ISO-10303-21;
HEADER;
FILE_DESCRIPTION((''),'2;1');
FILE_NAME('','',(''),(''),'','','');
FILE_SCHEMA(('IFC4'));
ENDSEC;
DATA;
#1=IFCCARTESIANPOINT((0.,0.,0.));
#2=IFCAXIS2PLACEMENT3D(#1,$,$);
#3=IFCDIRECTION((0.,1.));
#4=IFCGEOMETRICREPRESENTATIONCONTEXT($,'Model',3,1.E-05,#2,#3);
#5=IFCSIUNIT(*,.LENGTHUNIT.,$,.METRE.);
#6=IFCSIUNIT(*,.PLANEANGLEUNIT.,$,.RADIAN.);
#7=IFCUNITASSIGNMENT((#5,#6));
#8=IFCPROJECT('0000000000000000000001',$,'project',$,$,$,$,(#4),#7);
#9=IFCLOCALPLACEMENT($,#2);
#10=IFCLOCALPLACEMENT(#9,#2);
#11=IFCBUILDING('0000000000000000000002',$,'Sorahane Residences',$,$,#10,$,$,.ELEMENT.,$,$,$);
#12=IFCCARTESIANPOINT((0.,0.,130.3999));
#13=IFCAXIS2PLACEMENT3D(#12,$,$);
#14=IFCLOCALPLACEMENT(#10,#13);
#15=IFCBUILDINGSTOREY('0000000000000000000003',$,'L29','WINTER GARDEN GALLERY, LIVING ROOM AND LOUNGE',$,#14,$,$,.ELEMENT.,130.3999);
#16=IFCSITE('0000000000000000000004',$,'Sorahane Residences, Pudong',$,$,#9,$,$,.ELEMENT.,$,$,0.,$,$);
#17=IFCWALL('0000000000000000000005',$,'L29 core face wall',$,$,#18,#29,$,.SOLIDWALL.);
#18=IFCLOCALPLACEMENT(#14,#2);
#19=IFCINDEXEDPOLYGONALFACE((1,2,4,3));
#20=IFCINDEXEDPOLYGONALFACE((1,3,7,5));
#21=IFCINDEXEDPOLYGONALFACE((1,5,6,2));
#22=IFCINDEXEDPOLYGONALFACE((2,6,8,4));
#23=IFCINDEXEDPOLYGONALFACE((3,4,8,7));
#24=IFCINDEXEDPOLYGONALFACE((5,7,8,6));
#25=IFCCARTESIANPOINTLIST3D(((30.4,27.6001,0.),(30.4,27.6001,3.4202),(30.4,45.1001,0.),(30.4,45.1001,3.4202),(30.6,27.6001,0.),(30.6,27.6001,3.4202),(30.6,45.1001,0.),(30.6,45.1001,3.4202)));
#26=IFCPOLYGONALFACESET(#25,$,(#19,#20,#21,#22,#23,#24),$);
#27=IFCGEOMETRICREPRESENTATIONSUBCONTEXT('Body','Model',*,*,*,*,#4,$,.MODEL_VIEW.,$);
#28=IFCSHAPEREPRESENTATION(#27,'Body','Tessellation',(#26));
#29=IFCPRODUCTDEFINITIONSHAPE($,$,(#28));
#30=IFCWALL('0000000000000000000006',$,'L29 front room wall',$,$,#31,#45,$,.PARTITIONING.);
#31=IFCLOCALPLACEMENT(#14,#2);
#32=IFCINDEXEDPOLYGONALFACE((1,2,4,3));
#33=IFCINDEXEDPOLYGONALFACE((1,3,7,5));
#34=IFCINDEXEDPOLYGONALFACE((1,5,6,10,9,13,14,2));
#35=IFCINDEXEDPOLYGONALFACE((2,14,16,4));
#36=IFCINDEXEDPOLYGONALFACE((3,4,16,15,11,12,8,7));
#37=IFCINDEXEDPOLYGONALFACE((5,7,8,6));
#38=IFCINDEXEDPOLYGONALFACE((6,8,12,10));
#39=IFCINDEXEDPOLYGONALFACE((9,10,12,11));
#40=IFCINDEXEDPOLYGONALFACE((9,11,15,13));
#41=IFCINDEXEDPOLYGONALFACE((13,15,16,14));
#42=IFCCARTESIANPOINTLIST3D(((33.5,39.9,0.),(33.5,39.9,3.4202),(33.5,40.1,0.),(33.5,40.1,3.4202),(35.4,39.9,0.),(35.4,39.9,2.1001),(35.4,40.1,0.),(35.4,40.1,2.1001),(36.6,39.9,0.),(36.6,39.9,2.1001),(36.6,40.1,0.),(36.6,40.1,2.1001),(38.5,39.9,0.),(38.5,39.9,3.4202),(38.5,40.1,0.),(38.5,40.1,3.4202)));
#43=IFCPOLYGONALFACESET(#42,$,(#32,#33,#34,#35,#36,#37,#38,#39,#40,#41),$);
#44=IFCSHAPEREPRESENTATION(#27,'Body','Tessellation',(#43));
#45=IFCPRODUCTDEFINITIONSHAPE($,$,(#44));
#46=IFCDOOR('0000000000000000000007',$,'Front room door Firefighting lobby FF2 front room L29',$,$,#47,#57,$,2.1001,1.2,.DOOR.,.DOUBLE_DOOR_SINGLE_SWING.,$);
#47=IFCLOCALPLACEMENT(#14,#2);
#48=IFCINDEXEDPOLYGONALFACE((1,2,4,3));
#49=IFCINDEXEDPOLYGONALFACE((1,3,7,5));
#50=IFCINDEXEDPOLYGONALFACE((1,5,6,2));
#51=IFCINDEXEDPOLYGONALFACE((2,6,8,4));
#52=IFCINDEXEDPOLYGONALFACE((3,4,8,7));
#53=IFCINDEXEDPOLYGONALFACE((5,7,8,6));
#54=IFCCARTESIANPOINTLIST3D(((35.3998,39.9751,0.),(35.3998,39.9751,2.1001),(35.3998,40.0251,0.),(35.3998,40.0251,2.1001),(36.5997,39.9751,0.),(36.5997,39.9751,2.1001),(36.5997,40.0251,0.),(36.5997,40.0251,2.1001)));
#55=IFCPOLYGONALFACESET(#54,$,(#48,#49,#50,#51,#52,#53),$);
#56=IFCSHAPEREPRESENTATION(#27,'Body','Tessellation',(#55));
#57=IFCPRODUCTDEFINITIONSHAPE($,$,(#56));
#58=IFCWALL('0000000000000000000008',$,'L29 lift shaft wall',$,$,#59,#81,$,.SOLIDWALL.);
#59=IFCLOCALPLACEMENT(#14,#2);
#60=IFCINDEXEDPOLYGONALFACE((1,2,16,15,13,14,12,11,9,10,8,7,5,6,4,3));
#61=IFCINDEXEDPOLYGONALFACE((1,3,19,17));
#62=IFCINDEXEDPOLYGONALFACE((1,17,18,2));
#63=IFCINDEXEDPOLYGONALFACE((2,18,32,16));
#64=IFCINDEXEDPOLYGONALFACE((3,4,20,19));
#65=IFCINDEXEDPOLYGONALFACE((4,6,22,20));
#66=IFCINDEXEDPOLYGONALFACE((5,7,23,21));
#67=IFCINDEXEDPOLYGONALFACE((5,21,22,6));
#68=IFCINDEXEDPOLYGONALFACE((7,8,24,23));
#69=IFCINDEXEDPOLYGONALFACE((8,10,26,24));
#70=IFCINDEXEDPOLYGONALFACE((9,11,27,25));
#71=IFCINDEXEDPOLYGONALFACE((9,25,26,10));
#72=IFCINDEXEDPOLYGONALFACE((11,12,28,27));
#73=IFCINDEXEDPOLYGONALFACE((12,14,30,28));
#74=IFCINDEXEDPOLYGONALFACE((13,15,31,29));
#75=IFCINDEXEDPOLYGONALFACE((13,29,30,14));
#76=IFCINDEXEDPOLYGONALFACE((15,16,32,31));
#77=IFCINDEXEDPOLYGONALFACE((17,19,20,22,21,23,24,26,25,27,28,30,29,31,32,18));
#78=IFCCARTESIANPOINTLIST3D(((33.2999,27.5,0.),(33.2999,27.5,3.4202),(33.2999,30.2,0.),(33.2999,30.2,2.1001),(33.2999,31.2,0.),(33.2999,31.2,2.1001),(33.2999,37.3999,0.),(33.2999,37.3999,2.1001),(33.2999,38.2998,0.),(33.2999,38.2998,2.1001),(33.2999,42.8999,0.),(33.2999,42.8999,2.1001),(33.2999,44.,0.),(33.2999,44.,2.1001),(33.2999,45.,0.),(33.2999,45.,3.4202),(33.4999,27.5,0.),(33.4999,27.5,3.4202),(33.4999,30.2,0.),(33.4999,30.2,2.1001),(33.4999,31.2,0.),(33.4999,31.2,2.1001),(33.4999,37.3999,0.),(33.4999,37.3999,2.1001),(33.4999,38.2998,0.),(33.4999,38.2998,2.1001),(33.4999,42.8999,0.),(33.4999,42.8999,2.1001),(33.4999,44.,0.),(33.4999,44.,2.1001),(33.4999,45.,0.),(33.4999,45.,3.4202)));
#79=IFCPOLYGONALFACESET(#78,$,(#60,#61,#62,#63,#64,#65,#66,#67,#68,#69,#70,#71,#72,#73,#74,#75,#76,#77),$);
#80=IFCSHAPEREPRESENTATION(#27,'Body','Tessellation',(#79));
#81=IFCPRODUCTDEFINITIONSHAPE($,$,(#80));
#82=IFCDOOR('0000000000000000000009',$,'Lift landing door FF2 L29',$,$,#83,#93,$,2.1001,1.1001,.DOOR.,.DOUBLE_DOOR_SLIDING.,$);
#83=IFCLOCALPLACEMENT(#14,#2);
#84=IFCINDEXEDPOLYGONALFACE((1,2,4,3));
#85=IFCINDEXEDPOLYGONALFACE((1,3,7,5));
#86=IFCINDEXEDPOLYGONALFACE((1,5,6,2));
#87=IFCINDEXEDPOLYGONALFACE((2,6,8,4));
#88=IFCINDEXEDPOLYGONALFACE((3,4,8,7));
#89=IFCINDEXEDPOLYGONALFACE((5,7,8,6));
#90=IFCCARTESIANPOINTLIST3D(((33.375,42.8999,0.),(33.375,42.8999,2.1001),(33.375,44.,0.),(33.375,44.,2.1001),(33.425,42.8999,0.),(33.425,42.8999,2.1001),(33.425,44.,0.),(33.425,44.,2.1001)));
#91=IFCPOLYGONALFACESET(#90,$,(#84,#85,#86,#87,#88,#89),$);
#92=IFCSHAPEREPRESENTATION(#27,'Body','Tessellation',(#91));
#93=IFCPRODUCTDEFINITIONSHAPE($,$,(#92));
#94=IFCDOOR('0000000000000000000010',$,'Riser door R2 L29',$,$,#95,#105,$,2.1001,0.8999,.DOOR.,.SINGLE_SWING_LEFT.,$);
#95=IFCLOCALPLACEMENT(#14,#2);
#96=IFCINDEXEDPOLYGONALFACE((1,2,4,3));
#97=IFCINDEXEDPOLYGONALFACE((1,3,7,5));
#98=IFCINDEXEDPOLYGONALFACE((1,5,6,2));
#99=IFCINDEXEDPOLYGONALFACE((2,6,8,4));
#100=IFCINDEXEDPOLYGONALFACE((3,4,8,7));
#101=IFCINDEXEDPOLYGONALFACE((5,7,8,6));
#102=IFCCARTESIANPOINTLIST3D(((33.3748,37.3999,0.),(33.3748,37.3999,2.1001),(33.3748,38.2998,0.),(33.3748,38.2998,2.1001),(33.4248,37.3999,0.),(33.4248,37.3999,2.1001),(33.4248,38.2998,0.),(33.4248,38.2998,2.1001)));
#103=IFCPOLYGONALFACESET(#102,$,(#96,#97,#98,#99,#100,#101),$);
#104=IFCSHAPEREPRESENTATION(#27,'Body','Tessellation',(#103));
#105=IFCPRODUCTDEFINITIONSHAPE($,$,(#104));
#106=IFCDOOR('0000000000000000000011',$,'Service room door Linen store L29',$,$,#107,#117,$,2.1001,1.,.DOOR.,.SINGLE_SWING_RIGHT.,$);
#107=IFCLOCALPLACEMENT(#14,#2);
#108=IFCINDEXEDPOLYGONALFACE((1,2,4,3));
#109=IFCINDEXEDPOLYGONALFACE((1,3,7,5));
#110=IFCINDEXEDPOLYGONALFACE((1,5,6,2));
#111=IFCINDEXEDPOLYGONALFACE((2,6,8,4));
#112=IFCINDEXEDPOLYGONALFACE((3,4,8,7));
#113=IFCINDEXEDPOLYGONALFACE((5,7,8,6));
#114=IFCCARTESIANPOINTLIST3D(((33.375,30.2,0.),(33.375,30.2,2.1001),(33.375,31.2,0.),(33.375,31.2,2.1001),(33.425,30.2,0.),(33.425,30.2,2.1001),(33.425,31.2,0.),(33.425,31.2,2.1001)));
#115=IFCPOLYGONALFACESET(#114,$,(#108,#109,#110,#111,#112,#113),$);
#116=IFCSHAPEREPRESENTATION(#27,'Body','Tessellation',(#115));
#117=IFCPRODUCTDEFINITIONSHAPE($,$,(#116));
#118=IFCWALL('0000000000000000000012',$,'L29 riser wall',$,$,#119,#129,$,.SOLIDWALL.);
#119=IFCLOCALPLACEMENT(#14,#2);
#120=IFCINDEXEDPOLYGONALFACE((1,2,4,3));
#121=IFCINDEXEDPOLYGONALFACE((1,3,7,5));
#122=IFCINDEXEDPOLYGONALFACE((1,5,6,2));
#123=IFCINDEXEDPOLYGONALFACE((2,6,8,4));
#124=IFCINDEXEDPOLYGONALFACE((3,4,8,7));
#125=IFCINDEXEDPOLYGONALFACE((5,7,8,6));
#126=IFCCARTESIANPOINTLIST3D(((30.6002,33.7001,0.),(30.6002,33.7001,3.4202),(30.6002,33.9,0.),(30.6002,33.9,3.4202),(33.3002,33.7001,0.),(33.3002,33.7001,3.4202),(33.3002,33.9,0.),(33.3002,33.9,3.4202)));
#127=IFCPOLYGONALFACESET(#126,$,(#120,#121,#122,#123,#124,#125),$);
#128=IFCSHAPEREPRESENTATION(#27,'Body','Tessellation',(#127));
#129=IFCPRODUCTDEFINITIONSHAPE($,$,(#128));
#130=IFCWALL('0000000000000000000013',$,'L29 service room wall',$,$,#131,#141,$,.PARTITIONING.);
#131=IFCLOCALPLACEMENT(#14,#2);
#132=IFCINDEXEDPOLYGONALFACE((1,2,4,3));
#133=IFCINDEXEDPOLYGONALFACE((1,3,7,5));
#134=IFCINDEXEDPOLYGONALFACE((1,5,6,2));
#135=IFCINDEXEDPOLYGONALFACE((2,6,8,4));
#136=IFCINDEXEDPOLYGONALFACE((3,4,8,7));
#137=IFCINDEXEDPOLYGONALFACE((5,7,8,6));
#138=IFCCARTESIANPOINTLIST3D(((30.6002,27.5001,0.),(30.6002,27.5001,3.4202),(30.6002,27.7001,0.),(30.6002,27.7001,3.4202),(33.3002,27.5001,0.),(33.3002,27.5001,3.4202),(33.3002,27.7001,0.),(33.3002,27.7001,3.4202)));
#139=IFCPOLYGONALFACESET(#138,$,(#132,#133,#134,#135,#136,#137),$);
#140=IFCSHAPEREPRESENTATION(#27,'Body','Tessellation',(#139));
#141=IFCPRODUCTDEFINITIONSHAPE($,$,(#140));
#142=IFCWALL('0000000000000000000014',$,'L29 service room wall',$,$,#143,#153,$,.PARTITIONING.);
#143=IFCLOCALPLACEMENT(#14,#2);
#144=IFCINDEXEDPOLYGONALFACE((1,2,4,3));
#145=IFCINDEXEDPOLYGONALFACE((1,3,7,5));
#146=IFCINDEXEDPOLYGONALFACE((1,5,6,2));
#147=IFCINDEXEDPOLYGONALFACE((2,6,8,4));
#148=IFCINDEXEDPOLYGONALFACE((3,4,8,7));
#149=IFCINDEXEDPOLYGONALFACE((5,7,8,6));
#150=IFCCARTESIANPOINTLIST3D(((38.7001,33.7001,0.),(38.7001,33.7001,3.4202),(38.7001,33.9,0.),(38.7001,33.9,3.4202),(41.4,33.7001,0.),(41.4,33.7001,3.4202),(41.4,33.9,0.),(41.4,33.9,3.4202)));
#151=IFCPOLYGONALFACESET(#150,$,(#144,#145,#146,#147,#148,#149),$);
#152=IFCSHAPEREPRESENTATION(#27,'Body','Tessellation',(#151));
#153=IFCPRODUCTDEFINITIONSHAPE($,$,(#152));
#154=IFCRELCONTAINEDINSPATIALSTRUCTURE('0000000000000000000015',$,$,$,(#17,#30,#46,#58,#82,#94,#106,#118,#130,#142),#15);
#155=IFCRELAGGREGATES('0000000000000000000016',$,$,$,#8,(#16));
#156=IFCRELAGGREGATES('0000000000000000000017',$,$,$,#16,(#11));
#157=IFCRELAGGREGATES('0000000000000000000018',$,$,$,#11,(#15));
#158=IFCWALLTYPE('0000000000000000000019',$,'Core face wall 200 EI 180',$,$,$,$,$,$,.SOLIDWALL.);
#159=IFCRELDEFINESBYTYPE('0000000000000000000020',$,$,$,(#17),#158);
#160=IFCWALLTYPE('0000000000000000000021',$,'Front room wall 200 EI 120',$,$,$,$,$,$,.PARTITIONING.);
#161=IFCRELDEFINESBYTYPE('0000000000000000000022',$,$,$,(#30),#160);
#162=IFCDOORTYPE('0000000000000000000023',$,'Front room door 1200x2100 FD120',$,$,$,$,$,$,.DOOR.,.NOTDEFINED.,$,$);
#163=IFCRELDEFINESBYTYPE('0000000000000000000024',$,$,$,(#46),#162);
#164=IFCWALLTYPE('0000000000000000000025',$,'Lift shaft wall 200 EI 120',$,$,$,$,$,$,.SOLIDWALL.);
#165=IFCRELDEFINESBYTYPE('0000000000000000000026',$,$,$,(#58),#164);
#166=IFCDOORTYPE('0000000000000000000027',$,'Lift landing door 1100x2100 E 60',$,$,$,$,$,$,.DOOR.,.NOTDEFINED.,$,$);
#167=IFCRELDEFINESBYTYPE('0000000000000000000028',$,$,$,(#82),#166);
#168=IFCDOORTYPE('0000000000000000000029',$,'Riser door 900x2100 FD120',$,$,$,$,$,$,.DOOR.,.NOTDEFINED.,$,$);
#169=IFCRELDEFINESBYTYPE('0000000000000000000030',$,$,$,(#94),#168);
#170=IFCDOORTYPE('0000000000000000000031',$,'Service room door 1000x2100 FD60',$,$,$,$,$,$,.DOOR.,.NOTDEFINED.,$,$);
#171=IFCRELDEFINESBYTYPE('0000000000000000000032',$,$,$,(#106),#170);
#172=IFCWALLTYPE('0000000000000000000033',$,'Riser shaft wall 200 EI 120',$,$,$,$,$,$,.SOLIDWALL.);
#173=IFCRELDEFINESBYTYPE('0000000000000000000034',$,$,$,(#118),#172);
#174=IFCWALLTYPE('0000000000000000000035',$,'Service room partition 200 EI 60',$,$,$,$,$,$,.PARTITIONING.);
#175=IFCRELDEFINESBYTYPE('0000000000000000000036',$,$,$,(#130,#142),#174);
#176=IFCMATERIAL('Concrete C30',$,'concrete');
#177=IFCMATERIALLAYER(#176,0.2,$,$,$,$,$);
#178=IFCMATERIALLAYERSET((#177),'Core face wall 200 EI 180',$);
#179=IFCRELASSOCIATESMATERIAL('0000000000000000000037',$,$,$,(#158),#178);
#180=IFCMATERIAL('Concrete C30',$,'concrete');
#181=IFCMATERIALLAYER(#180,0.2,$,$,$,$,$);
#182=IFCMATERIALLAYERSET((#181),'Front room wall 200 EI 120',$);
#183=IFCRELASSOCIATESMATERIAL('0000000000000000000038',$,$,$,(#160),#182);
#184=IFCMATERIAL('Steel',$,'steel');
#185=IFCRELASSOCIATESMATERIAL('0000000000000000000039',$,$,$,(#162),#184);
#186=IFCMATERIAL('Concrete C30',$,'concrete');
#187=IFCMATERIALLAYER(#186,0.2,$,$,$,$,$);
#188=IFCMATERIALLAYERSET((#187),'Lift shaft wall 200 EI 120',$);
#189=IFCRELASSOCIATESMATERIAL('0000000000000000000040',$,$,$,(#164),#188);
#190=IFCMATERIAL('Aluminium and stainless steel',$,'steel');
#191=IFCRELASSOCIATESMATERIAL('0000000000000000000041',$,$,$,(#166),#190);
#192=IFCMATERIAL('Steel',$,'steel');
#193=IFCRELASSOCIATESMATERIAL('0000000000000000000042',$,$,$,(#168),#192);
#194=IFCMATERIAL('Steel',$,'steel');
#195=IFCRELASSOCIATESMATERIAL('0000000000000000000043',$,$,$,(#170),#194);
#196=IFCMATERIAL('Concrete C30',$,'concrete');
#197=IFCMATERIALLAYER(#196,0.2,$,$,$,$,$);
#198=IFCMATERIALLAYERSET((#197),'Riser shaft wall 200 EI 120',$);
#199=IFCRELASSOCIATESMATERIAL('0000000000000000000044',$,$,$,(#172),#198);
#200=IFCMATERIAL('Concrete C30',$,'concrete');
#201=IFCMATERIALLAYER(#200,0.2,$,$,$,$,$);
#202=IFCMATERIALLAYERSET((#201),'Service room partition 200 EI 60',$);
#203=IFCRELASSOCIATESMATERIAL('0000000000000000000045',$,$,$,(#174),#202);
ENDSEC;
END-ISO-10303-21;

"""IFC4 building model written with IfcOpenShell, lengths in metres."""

from ifc_helpers import new_model, si_unit, direction, frame, frame_2d, origin, place, context, subcontext, project, spatial, rectangle, extrude, material, layer, layer_set, type_object, element, fill, save


model = new_model("IFC4")

# Units and contexts
model_context = context("Model", 3, precision=1e-05, world=origin(), true_north=direction((0.0, 1.0)))
body_context = subcontext(model_context, "Body", "Model", "MODEL_VIEW")
ifc_project = project(units=[si_unit("LENGTHUNIT", "METRE"), si_unit("PLANEANGLEUNIT", "RADIAN")], contexts=[model_context])

# Site, building, storey
site_placement = place(None, origin())
site = spatial("IfcSite", under=ifc_project, at=site_placement, Name="Sorahane Residences, Pudong", CompositionType="ELEMENT", RefElevation=0.0)
building_placement = place(site_placement, origin())
building = spatial("IfcBuilding", under=site, at=building_placement, Name="Sorahane Residences", CompositionType="ELEMENT")
storey_placement = place(building_placement, frame((0.0, 0.0, 130.3999)))
storey = spatial("IfcBuildingStorey", under=building, at=storey_placement, Name="L29", Description="WINTER GARDEN GALLERY, LIVING ROOM AND LOUNGE", CompositionType="ELEMENT", Elevation=130.3999)

# Wall
ifc_material_1 = material(Name="Concrete C30", Category="concrete")
ifc_layer_1 = layer(ifc_material_1, 0.2)
ifc_layer_set_1 = layer_set([ifc_layer_1], Name="Core face wall 200 EI 180")
wall_type_1 = type_object("IfcWallType", Name="Core face wall 200 EI 180", PredefinedType="SOLIDWALL", material=ifc_layer_set_1)
for number, where, z_axis, x_axis, name in (
    (1, (30.5, 27.6001, 0.0), (0.0, 0.0, 1.0), (0.0, 1.0, 0.0), "L29 core face wall"),
):
    element("IfcWall", number, at=place(storey_placement, frame(where, z_axis=z_axis, x_axis=x_axis)), inside=storey, type_object=wall_type_1, Name=name, PredefinedType="SOLIDWALL", context=body_context, shape_type="SweptSolid", body=[
        extrude(rectangle(XDim=17.5, YDim=0.2, at=frame_2d((8.75, 0.0))), origin(), (0.0, 0.0, 1.0), 3.4202),
    ])

# Wall, opening, door
ifc_material_2 = material(Name="Concrete C30", Category="concrete")
ifc_layer_2 = layer(ifc_material_2, 0.2)
ifc_layer_set_2 = layer_set([ifc_layer_2], Name="Front room wall 200 EI 120")
wall_type_2 = type_object("IfcWallType", Name="Front room wall 200 EI 120", PredefinedType="PARTITIONING", material=ifc_layer_set_2)
wall_1_placement = place(storey_placement, frame((33.5, 40.0, 0.0), z_axis=(0.0, 0.0, 1.0), x_axis=(1.0, 0.0, 0.0)))
wall_1 = element("IfcWall", 2, at=wall_1_placement, inside=storey, type_object=wall_type_2, Name="L29 front room wall", PredefinedType="PARTITIONING", context=body_context, shape_type="SweptSolid", body=[
    extrude(rectangle(XDim=5.0, YDim=0.2, at=frame_2d((2.5, 0.0))), origin(), (0.0, 0.0, 1.0), 3.4202),
])
opening_1_placement = place(wall_1_placement, frame((1.8999, 0.0, 0.0)))
opening_1 = element("IfcOpeningElement", 3, at=opening_1_placement, cuts=wall_1, PredefinedType="OPENING", context=body_context, shape_type="SweptSolid", body=[
    extrude(rectangle(XDim=1.2, YDim=2.1001, at=frame_2d((0.6001, 1.05))), frame((0.0, 0.1099, 0.0), z_axis=(0.0, -1.0, 0.0), x_axis=(1.0, 0.0, 0.0)), (0.0, 0.0, 1.0), 0.22),
])
ifc_material_3 = material(Name="Steel", Category="steel")
door_type_1 = type_object("IfcDoorType", Name="Front room door 1200x2100 FD120", OperationType="NOTDEFINED", PredefinedType="DOOR", material=ifc_material_3)
door_1_placement = place(opening_1_placement, frame((1.2, 0.0, 0.0), z_axis=(0.0, 0.0, 1.0), x_axis=(-1.0, 0.0, 0.0)))
door_1 = element("IfcDoor", 4, at=door_1_placement, inside=storey, type_object=door_type_1, Name="Front room door Firefighting lobby FF2 front room L29", OperationType="DOUBLE_DOOR_SINGLE_SWING", OverallHeight=2.1001, OverallWidth=1.2, PredefinedType="DOOR", context=body_context, shape_type="SweptSolid", body=[
    extrude(rectangle(XDim=1.2, YDim=2.1001, at=frame_2d((0.6001, 1.05))), frame((0.0, 0.0249, 0.0), z_axis=(0.0, -1.0, 0.0), x_axis=(1.0, 0.0, 0.0)), (0.0, 0.0, 1.0), 0.05),
])
fill(opening_1, door_1)

# Wall, openings, doors
ifc_material_4 = material(Name="Concrete C30", Category="concrete")
ifc_layer_3 = layer(ifc_material_4, 0.2)
ifc_layer_set_3 = layer_set([ifc_layer_3], Name="Lift shaft wall 200 EI 120")
wall_type_3 = type_object("IfcWallType", Name="Lift shaft wall 200 EI 120", PredefinedType="SOLIDWALL", material=ifc_layer_set_3)
wall_2_placement = place(storey_placement, frame((33.3999, 27.5, 0.0), z_axis=(0.0, 0.0, 1.0), x_axis=(0.0, 1.0, 0.0)))
wall_2 = element("IfcWall", 5, at=wall_2_placement, inside=storey, type_object=wall_type_3, Name="L29 lift shaft wall", PredefinedType="SOLIDWALL", context=body_context, shape_type="SweptSolid", body=[
    extrude(rectangle(XDim=17.5, YDim=0.2, at=frame_2d((8.75, 0.0))), origin(), (0.0, 0.0, 1.0), 3.4202),
])
opening_2_placement = place(wall_2_placement, frame((15.3999, 0.0, 0.0)))
opening_2 = element("IfcOpeningElement", 6, at=opening_2_placement, cuts=wall_2, PredefinedType="OPENING", context=body_context, shape_type="SweptSolid", body=[
    extrude(rectangle(XDim=1.1001, YDim=2.1001, at=frame_2d((0.55, 1.05))), frame((0.0, 0.1099, 0.0), z_axis=(0.0, -1.0, 0.0), x_axis=(1.0, 0.0, 0.0)), (0.0, 0.0, 1.0), 0.22),
])
opening_3_placement = place(wall_2_placement, frame((2.7, 0.0, 0.0)))
opening_3 = element("IfcOpeningElement", 7, at=opening_3_placement, cuts=wall_2, PredefinedType="OPENING", context=body_context, shape_type="SweptSolid", body=[
    extrude(rectangle(XDim=1.0, YDim=2.1001, at=frame_2d((0.5, 1.05))), frame((0.0, 0.1099, 0.0), z_axis=(0.0, -1.0, 0.0), x_axis=(1.0, 0.0, 0.0)), (0.0, 0.0, 1.0), 0.22),
])
opening_4_placement = place(wall_2_placement, frame((9.8999, 0.0, 0.0)))
opening_4 = element("IfcOpeningElement", 8, at=opening_4_placement, cuts=wall_2, PredefinedType="OPENING", context=body_context, shape_type="SweptSolid", body=[
    extrude(rectangle(XDim=0.8999, YDim=2.1001, at=frame_2d((0.45, 1.05))), frame((0.0, 0.1099, 0.0), z_axis=(0.0, -1.0, 0.0), x_axis=(1.0, 0.0, 0.0)), (0.0, 0.0, 1.0), 0.22),
])
ifc_material_5 = material(Name="Aluminium and stainless steel", Category="steel")
door_type_2 = type_object("IfcDoorType", Name="Lift landing door 1100x2100 E 60", OperationType="NOTDEFINED", PredefinedType="DOOR", material=ifc_material_5)
door_2_placement = place(opening_2_placement, origin())
door_2 = element("IfcDoor", 9, at=door_2_placement, inside=storey, type_object=door_type_2, Name="Lift landing door FF2 L29", OperationType="DOUBLE_DOOR_SLIDING", OverallHeight=2.1001, OverallWidth=1.1001, PredefinedType="DOOR", context=body_context, shape_type="SweptSolid", body=[
    extrude(rectangle(XDim=1.1001, YDim=2.1001, at=frame_2d((0.55, 1.05))), frame((0.0, 0.0249, 0.0), z_axis=(0.0, -1.0, 0.0), x_axis=(1.0, 0.0, 0.0)), (0.0, 0.0, 1.0), 0.05),
])
fill(opening_2, door_2)
ifc_material_6 = material(Name="Steel", Category="steel")
door_type_3 = type_object("IfcDoorType", Name="Riser door 900x2100 FD120", OperationType="NOTDEFINED", PredefinedType="DOOR", material=ifc_material_6)
door_3_placement = place(opening_4_placement, frame((0.8999, 0.0, 0.0), z_axis=(0.0, 0.0, 1.0), x_axis=(-1.0, 0.0, 0.0)))
door_3 = element("IfcDoor", 10, at=door_3_placement, inside=storey, type_object=door_type_3, Name="Riser door R2 L29", OperationType="SINGLE_SWING_LEFT", OverallHeight=2.1001, OverallWidth=0.8999, PredefinedType="DOOR", context=body_context, shape_type="SweptSolid", body=[
    extrude(rectangle(XDim=0.8999, YDim=2.1001, at=frame_2d((0.45, 1.05))), frame((0.0, 0.0249, 0.0), z_axis=(0.0, -1.0, 0.0), x_axis=(1.0, 0.0, 0.0)), (0.0, 0.0, 1.0), 0.05),
])
fill(opening_4, door_3)
ifc_material_7 = material(Name="Steel", Category="steel")
door_type_4 = type_object("IfcDoorType", Name="Service room door 1000x2100 FD60", OperationType="NOTDEFINED", PredefinedType="DOOR", material=ifc_material_7)
door_4_placement = place(opening_3_placement, origin())
door_4 = element("IfcDoor", 11, at=door_4_placement, inside=storey, type_object=door_type_4, Name="Service room door Linen store L29", OperationType="SINGLE_SWING_RIGHT", OverallHeight=2.1001, OverallWidth=1.0, PredefinedType="DOOR", context=body_context, shape_type="SweptSolid", body=[
    extrude(rectangle(XDim=1.0, YDim=2.1001, at=frame_2d((0.5, 1.05))), frame((0.0, 0.0249, 0.0), z_axis=(0.0, -1.0, 0.0), x_axis=(1.0, 0.0, 0.0)), (0.0, 0.0, 1.0), 0.05),
])
fill(opening_3, door_4)

# Walls
ifc_material_8 = material(Name="Concrete C30", Category="concrete")
ifc_layer_4 = layer(ifc_material_8, 0.2)
ifc_layer_set_4 = layer_set([ifc_layer_4], Name="Riser shaft wall 200 EI 120")
wall_type_4 = type_object("IfcWallType", Name="Riser shaft wall 200 EI 120", PredefinedType="SOLIDWALL", material=ifc_layer_set_4)
wall_3_placement = place(storey_placement, frame((30.6001, 33.8, 0.0), z_axis=(0.0, 0.0, 1.0), x_axis=(1.0, 0.0, 0.0)))
element("IfcWall", 12, at=wall_3_placement, inside=storey, type_object=wall_type_4, Name="L29 riser wall", PredefinedType="SOLIDWALL", context=body_context, shape_type="SweptSolid", body=[
    extrude(rectangle(XDim=2.7, YDim=0.2, at=frame_2d((1.3501, 0.0))), origin(), (0.0, 0.0, 1.0), 3.4202),
])
ifc_material_9 = material(Name="Concrete C30", Category="concrete")
ifc_layer_5 = layer(ifc_material_9, 0.2)
ifc_layer_set_5 = layer_set([ifc_layer_5], Name="Service room partition 200 EI 60")
wall_type_5 = type_object("IfcWallType", Name="Service room partition 200 EI 60", PredefinedType="PARTITIONING", material=ifc_layer_set_5)
for number, where, z_axis, x_axis, name in (
    (13, (30.6001, 27.6001, 0.0), (0.0, 0.0, 1.0), (1.0, 0.0, 0.0), "L29 service room wall"),
    (14, (38.7, 33.8, 0.0), (0.0, 0.0, 1.0), (1.0, 0.0, 0.0), "L29 service room wall"),
):
    element("IfcWall", number, at=place(storey_placement, frame(where, z_axis=z_axis, x_axis=x_axis)), inside=storey, type_object=wall_type_5, Name=name, PredefinedType="PARTITIONING", context=body_context, shape_type="SweptSolid", body=[
        extrude(rectangle(XDim=2.7, YDim=0.2, at=frame_2d((1.3501, 0.0))), origin(), (0.0, 0.0, 1.0), 3.4202),
    ])

save(model, "model.ifc")
